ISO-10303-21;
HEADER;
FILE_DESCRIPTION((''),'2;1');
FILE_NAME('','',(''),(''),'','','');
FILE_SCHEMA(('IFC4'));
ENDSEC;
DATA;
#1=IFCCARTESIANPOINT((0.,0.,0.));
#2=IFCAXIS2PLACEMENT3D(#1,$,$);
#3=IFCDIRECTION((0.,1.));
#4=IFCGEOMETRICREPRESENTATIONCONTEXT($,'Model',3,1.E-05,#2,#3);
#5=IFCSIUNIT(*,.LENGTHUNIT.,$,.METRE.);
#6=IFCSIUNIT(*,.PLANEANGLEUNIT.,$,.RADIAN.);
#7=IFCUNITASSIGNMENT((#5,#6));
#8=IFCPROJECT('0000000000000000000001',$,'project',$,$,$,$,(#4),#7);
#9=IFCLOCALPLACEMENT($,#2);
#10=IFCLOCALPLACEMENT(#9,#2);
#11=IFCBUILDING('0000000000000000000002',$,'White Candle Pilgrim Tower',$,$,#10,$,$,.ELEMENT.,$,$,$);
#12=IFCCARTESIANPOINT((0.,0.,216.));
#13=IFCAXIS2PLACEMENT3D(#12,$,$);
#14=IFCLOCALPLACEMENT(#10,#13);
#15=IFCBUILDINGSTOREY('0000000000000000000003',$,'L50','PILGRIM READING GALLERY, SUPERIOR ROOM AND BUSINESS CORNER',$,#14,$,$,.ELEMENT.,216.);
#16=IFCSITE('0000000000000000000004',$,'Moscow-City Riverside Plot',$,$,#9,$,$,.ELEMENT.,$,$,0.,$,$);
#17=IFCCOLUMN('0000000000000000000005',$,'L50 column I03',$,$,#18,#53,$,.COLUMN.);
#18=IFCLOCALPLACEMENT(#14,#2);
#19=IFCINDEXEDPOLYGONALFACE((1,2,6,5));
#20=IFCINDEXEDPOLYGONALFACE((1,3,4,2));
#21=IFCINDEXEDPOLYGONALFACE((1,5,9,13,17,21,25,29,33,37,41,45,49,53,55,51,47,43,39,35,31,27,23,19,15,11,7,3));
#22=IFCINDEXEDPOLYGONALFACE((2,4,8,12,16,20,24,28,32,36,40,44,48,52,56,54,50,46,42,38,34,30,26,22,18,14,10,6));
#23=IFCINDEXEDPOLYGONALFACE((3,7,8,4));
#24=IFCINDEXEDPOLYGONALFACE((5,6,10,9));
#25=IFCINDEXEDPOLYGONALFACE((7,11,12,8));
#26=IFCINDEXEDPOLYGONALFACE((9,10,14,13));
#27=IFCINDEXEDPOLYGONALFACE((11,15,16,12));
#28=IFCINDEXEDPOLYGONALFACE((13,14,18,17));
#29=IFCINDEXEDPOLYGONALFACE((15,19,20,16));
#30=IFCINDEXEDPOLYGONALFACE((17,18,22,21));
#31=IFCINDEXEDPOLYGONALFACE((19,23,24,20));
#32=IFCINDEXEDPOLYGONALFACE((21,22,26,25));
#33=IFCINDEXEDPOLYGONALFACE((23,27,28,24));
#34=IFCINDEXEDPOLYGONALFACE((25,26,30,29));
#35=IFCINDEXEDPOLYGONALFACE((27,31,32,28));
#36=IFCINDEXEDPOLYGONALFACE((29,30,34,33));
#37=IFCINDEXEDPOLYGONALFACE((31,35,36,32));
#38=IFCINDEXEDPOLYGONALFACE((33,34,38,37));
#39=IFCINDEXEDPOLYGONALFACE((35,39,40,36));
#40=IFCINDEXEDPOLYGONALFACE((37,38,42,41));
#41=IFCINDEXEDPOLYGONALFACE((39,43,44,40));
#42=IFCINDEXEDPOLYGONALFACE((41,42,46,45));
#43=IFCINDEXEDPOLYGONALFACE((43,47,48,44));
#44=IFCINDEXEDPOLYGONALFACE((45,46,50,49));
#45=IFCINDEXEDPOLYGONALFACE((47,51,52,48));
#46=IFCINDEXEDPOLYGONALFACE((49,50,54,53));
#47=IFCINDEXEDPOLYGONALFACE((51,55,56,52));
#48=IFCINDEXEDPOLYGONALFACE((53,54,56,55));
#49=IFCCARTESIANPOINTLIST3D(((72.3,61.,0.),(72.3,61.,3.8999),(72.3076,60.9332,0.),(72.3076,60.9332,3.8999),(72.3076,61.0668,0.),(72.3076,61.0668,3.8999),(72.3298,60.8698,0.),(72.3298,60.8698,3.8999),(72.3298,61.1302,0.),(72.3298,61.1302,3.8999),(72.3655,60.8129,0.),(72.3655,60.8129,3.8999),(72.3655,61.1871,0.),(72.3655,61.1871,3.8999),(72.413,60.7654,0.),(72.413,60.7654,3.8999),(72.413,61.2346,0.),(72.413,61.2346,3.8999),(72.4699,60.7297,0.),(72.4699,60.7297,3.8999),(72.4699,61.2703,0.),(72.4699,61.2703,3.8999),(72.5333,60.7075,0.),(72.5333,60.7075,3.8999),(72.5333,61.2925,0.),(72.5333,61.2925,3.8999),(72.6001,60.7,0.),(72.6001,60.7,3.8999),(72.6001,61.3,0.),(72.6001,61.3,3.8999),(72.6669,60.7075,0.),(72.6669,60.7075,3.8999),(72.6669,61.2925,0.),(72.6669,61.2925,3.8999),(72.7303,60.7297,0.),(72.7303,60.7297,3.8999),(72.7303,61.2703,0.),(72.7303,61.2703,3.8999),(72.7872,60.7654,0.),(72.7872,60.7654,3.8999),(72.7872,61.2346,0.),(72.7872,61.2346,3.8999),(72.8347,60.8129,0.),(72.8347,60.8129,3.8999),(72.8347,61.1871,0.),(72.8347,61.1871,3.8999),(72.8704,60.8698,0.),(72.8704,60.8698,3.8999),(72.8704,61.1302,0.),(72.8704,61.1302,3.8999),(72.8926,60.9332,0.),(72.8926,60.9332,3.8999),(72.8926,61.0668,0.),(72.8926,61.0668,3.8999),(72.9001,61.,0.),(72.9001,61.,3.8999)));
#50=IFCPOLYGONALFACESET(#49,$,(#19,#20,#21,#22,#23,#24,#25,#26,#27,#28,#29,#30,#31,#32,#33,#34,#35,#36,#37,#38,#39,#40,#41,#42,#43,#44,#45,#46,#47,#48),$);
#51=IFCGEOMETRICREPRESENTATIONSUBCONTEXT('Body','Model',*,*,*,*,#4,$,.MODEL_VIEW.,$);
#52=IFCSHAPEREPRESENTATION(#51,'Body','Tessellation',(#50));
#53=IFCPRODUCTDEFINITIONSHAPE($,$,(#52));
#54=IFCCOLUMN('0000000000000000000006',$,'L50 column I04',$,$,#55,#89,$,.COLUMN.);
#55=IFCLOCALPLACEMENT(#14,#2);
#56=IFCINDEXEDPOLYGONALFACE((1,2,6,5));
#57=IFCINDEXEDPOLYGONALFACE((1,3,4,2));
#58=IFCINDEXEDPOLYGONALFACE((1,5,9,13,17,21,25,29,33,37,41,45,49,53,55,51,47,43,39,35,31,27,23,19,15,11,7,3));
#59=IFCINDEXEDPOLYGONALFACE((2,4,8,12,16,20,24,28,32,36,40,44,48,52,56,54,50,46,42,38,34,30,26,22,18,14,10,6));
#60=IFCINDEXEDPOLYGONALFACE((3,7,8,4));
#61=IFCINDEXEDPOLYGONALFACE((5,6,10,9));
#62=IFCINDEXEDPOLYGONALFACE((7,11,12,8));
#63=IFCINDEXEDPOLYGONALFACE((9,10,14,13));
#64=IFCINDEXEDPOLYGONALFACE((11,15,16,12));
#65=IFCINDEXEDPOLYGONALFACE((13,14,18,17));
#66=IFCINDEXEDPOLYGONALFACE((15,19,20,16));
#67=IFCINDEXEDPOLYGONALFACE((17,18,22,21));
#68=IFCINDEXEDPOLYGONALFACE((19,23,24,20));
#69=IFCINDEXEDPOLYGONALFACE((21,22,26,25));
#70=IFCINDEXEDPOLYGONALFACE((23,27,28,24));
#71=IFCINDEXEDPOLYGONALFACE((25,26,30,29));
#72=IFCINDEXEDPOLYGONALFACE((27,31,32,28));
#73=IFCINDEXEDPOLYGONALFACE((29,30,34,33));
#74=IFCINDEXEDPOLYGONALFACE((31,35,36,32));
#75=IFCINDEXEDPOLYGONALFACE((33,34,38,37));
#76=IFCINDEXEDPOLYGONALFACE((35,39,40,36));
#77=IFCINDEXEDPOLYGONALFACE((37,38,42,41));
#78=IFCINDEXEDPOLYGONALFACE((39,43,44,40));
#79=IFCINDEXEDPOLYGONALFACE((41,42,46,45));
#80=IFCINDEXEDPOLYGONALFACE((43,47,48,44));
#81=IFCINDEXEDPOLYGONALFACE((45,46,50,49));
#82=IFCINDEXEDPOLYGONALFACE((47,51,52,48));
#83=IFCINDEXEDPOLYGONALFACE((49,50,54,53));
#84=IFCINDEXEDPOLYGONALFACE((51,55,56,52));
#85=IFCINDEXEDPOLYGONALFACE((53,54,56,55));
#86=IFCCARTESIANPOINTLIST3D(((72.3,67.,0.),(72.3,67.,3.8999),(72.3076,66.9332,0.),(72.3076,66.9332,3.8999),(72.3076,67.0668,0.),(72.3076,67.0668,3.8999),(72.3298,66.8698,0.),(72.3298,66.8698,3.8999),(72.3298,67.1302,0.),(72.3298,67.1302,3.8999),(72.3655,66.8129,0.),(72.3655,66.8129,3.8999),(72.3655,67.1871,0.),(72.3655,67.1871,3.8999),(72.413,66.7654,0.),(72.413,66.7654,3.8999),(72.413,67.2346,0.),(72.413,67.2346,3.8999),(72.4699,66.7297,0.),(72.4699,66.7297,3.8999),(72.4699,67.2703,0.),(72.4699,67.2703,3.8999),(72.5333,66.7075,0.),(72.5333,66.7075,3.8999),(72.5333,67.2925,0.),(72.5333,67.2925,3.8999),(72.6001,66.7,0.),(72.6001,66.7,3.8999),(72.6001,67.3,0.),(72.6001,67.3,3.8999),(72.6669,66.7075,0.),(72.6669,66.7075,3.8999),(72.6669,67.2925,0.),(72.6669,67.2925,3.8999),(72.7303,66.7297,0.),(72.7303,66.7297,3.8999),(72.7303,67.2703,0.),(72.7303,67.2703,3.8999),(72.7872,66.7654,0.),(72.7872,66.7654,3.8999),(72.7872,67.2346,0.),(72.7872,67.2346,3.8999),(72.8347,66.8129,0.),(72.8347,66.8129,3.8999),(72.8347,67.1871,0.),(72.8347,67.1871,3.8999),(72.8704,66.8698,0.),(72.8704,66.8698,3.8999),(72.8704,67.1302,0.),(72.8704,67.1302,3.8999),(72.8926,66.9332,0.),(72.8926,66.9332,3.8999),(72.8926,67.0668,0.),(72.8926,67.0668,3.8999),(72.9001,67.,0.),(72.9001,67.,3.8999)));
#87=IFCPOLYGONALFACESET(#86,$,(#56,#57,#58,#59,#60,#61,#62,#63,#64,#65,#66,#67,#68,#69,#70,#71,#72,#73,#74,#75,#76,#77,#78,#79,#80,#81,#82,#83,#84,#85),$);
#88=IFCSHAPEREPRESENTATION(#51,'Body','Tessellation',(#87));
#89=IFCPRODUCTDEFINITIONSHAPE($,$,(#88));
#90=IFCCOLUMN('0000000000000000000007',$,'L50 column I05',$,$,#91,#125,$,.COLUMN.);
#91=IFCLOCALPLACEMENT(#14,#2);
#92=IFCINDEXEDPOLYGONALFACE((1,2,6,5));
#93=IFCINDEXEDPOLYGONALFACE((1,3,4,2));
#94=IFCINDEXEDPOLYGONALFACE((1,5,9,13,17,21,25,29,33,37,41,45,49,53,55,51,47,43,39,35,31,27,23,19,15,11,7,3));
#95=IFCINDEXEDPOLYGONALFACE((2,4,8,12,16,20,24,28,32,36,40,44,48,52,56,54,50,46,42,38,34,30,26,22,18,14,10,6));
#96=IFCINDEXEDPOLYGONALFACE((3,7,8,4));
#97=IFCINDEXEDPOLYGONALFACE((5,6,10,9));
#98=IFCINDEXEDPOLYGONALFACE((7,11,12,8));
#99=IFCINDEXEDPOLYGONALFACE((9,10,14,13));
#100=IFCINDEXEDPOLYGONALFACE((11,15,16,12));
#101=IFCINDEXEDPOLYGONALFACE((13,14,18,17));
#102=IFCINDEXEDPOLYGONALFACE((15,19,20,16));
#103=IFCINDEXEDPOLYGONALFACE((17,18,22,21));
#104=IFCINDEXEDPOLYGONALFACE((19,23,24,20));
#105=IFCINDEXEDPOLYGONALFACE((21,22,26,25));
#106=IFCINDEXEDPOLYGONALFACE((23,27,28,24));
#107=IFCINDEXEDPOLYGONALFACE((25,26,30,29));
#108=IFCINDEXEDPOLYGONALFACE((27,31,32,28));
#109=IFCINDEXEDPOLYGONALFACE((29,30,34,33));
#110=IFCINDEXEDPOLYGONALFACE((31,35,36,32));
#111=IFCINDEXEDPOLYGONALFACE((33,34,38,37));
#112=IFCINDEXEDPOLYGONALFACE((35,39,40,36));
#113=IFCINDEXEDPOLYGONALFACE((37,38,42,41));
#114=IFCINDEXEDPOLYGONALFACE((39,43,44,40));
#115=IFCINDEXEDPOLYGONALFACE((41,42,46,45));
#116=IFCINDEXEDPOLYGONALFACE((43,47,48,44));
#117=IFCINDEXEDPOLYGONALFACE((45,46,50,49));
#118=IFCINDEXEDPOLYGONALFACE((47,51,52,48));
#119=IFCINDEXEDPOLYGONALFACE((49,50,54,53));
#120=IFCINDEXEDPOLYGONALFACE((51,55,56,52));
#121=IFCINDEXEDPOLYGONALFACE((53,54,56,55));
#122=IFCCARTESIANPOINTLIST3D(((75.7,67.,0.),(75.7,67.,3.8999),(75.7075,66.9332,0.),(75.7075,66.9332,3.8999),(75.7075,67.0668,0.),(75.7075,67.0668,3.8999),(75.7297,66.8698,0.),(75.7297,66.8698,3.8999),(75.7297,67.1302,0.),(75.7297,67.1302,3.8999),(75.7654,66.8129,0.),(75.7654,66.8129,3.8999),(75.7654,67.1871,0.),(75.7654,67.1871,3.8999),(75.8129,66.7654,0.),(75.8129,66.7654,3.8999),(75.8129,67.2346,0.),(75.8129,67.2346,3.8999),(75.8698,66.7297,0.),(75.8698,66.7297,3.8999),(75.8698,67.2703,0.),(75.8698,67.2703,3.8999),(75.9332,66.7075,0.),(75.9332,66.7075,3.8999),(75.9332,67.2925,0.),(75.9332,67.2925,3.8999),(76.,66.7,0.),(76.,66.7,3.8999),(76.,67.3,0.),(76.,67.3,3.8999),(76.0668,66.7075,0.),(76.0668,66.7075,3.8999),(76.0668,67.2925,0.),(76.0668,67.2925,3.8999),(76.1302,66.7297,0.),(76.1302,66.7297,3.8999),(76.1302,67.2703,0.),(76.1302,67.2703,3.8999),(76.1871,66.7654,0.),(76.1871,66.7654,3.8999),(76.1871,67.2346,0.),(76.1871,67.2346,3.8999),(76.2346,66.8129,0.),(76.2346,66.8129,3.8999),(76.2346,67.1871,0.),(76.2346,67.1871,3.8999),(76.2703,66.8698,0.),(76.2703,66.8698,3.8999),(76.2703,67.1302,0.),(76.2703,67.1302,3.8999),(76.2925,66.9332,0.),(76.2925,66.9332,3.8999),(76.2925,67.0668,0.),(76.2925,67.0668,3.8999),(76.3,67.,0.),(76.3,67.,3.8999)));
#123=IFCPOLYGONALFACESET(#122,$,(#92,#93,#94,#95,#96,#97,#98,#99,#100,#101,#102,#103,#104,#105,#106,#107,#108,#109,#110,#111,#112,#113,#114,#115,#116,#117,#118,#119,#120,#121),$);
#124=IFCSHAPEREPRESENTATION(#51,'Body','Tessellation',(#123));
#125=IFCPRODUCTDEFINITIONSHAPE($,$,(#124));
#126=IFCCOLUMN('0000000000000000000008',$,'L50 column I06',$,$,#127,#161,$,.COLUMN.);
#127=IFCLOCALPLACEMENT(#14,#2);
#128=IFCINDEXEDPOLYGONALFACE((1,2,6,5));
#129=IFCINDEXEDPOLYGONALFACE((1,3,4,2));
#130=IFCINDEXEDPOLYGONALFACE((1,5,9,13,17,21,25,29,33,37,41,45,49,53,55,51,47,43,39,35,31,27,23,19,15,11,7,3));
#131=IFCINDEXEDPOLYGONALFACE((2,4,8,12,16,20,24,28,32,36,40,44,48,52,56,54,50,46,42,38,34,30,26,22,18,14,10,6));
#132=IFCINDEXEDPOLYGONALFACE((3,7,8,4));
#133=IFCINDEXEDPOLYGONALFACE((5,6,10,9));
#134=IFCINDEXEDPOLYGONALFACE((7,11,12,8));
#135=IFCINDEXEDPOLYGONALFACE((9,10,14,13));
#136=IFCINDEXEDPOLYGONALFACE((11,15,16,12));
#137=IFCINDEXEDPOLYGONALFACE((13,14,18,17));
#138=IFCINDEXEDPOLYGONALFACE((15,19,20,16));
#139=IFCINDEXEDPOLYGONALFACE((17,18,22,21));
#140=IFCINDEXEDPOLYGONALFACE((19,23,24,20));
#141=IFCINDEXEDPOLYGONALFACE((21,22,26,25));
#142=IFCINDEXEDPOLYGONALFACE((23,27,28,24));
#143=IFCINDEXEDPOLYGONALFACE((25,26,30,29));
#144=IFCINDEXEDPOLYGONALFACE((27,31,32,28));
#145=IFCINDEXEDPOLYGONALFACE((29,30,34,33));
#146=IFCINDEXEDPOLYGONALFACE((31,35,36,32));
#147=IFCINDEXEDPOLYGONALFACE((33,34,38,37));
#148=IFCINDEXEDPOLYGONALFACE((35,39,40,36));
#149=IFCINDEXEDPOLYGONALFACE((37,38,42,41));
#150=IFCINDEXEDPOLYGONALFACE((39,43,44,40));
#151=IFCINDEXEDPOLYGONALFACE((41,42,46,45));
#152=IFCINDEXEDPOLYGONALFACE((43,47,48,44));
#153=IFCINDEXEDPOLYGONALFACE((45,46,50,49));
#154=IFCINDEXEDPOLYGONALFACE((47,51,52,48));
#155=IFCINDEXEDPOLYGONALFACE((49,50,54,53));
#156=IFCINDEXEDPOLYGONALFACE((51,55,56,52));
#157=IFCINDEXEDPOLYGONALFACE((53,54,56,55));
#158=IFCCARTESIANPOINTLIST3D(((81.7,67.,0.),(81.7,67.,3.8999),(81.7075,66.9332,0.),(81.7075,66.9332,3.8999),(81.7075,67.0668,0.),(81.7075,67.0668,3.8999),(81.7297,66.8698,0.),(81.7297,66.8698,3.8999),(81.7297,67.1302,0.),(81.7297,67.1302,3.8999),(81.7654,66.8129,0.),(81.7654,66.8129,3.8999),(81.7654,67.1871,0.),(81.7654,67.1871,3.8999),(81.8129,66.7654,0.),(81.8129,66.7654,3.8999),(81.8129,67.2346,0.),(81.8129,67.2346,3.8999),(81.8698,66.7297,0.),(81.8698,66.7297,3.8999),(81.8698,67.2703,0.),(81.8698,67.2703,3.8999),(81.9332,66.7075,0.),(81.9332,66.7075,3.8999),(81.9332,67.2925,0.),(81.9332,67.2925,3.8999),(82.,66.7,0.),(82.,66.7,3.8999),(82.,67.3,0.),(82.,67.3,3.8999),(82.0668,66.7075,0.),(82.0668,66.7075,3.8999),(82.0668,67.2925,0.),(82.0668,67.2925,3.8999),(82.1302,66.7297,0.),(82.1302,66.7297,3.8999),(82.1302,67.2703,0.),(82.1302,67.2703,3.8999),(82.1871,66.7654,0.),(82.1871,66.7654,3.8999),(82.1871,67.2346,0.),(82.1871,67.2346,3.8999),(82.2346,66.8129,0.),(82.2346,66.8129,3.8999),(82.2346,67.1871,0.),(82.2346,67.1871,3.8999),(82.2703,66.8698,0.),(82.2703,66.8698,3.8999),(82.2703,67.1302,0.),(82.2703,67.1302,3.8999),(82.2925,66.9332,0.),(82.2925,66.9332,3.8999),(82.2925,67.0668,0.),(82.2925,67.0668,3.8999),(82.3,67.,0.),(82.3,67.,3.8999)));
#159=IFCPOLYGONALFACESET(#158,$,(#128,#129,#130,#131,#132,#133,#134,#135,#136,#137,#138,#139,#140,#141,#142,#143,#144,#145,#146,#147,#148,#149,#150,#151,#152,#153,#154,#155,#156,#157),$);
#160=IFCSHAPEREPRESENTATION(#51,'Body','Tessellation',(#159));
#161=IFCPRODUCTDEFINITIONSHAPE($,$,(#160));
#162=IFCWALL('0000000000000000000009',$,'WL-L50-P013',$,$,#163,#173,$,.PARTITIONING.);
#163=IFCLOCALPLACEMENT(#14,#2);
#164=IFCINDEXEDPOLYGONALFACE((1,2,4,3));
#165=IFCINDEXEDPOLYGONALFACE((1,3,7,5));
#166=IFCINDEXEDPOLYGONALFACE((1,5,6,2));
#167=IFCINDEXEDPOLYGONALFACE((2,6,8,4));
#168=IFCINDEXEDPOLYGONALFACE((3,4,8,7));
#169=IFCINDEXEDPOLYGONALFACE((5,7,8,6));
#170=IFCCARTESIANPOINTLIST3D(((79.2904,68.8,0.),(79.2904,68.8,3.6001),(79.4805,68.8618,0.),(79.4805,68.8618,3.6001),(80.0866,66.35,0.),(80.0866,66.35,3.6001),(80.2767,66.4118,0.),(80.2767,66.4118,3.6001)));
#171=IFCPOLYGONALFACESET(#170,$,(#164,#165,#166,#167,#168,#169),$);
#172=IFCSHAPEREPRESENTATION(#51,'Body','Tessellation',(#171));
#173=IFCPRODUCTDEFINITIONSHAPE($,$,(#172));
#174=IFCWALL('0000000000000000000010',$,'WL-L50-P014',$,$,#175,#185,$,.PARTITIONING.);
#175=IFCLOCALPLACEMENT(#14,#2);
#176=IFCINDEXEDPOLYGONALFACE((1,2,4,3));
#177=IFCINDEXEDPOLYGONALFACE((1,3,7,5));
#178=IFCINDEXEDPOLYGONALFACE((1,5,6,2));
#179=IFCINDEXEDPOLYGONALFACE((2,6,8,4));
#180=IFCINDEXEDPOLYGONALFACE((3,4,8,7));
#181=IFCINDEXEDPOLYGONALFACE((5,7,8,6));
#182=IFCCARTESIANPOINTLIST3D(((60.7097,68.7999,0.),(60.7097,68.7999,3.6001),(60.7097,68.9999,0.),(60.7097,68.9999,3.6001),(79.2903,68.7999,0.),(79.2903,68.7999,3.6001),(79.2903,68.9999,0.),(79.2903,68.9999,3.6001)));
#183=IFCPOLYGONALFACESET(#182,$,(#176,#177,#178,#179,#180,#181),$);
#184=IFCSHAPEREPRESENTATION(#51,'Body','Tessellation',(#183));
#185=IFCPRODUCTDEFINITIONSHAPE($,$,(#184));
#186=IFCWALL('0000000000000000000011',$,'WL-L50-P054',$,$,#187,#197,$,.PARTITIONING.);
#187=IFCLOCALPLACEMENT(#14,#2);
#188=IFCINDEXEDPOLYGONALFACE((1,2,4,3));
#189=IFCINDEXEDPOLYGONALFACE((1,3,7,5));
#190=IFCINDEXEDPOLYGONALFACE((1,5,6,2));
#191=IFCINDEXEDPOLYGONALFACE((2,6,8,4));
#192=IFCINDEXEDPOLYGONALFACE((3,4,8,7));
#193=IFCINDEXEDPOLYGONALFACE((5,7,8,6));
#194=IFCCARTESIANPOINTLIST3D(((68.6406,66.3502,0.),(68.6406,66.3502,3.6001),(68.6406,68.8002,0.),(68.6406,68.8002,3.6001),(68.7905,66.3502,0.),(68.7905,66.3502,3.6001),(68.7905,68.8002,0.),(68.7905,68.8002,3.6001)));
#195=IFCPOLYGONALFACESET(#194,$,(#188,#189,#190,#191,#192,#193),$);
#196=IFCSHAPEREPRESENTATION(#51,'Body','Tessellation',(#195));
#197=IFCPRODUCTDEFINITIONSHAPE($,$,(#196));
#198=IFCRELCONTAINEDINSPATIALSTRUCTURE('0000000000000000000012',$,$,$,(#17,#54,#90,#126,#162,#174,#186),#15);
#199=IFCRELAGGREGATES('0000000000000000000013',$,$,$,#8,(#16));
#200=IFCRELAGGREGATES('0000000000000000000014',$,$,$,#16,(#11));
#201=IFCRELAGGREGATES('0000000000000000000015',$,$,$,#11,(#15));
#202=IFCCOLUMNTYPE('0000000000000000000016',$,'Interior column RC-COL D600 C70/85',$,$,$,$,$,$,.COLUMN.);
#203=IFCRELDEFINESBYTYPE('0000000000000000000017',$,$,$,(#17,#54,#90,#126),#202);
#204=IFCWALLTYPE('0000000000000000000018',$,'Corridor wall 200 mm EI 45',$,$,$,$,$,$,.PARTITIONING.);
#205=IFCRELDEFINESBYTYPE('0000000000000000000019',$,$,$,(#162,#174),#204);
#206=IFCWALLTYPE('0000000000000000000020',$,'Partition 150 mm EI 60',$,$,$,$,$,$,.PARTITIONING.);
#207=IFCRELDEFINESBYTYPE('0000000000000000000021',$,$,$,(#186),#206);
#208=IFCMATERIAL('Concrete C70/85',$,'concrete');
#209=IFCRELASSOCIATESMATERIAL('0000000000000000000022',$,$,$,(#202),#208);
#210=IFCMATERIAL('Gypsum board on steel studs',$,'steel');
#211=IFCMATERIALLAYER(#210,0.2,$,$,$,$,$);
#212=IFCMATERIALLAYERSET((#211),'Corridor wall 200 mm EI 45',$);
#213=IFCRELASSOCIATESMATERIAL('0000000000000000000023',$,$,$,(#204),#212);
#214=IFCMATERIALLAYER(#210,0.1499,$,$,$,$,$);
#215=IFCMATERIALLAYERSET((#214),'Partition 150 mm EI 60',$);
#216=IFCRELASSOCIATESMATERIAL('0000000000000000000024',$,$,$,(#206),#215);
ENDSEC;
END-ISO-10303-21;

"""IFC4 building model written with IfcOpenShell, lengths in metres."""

from ifc_helpers import new_model, si_unit, direction, frame, frame_2d, origin, origin_2d, place, context, subcontext, project, spatial, rectangle, circle, extrude, material, layer, layer_set, material_profile, profile_set, type_object, element, save


model = new_model("IFC4")

# Units and contexts
model_context = context("Model", 3, precision=1e-05, world=origin(), true_north=direction((0.0, 1.0)))
body_context = subcontext(model_context, "Body", "Model", "MODEL_VIEW")
ifc_project = project(units=[si_unit("LENGTHUNIT", "METRE"), si_unit("PLANEANGLEUNIT", "RADIAN")], contexts=[model_context])

# Site, building, storey
site_placement = place(None, origin())
site = spatial("IfcSite", under=ifc_project, at=site_placement, Name="Moscow-City Riverside Plot", CompositionType="ELEMENT", RefElevation=0.0)
building_placement = place(site_placement, origin())
building = spatial("IfcBuilding", under=site, at=building_placement, Name="White Candle Pilgrim Tower", CompositionType="ELEMENT")
storey_placement = place(building_placement, frame((0.0, 0.0, 216.0)))
storey = spatial("IfcBuildingStorey", under=building, at=storey_placement, Name="L50", Description="PILGRIM READING GALLERY, SUPERIOR ROOM AND BUSINESS CORNER", CompositionType="ELEMENT", Elevation=216.0)

# Columns
ifc_material_1 = material(Name="Concrete C70/85", Category="concrete")
ifc_material_profile = material_profile(ifc_material_1, circle(Radius=0.3, at=origin_2d()), Name="RC-COL D600")
ifc_profile_set = profile_set([ifc_material_profile], Name="Concrete C70/85")
column_type = type_object("IfcColumnType", Name="Interior column RC-COL D600 C70/85", PredefinedType="COLUMN", material=ifc_profile_set)
for number, where, z_axis, x_axis, name in (
    (1, (72.6001, 61.0, 0.0), (0.0, 0.0, 1.0), (1.0, 0.0, 0.0), "L50 column I03"),
    (2, (72.6001, 67.0, 0.0), (0.0, 0.0, 1.0), (1.0, 0.0, 0.0), "L50 column I04"),
    (3, (76.0, 67.0, 0.0), (0.0, 0.0, 1.0), (1.0, 0.0, 0.0), "L50 column I05"),
    (4, (82.0, 67.0, 0.0), (0.0, 0.0, 1.0), (1.0, 0.0, 0.0), "L50 column I06"),
):
    element("IfcColumn", number, at=place(storey_placement, frame(where, z_axis=z_axis, x_axis=x_axis)), inside=storey, type_object=column_type, Name=name, PredefinedType="COLUMN", context=body_context, shape_type="SweptSolid", body=[
        extrude(circle(Radius=0.3, at=origin_2d()), origin(), (0.0, 0.0, 1.0), 3.8999),
    ])

# Walls
ifc_material_2 = material(Name="Gypsum board on steel studs", Category="steel")
ifc_layer_1 = layer(ifc_material_2, 0.2)
ifc_layer_set_1 = layer_set([ifc_layer_1], Name="Corridor wall 200 mm EI 45")
wall_type_1 = type_object("IfcWallType", Name="Corridor wall 200 mm EI 45", PredefinedType="PARTITIONING", material=ifc_layer_set_1)
wall_1_placement = place(storey_placement, frame((80.1816, 66.3809, 0.0), z_axis=(0.0, 0.0, 1.0), x_axis=(-0.309054, 0.951045, 0.0)))
element("IfcWall", 5, at=wall_1_placement, inside=storey, type_object=wall_type_1, Name="WL-L50-P013", PredefinedType="PARTITIONING", context=body_context, shape_type="SweptSolid", body=[
    extrude(rectangle(XDim=2.5762, YDim=0.2, at=frame_2d((1.2881, 0.0))), origin(), (0.0, 0.0, 1.0), 3.6001),
])
wall_2_placement = place(storey_placement, frame((79.2903, 68.8999, 0.0), z_axis=(0.0, 0.0, 1.0), x_axis=(-1.0, 0.0, 0.0)))
element("IfcWall", 6, at=wall_2_placement, inside=storey, type_object=wall_type_1, Name="WL-L50-P014", PredefinedType="PARTITIONING", context=body_context, shape_type="SweptSolid", body=[
    extrude(rectangle(XDim=18.5806, YDim=0.2, at=frame_2d((9.2903, 0.0))), origin(), (0.0, 0.0, 1.0), 3.6001),
])
ifc_layer_2 = layer(ifc_material_2, 0.1499)
ifc_layer_set_2 = layer_set([ifc_layer_2], Name="Partition 150 mm EI 60")
wall_type_2 = type_object("IfcWallType", Name="Partition 150 mm EI 60", PredefinedType="PARTITIONING", material=ifc_layer_set_2)
wall_3_placement = place(storey_placement, frame((68.7156, 66.3501, 0.0), z_axis=(0.0, 0.0, 1.0), x_axis=(0.0, 1.0, 0.0)))
element("IfcWall", 7, at=wall_3_placement, inside=storey, type_object=wall_type_2, Name="WL-L50-P054", PredefinedType="PARTITIONING", context=body_context, shape_type="SweptSolid", body=[
    extrude(rectangle(XDim=2.45, YDim=0.1499, at=frame_2d((1.2251, 0.0))), origin(), (0.0, 0.0, 1.0), 3.6001),
])

save(model, "model.ifc")
